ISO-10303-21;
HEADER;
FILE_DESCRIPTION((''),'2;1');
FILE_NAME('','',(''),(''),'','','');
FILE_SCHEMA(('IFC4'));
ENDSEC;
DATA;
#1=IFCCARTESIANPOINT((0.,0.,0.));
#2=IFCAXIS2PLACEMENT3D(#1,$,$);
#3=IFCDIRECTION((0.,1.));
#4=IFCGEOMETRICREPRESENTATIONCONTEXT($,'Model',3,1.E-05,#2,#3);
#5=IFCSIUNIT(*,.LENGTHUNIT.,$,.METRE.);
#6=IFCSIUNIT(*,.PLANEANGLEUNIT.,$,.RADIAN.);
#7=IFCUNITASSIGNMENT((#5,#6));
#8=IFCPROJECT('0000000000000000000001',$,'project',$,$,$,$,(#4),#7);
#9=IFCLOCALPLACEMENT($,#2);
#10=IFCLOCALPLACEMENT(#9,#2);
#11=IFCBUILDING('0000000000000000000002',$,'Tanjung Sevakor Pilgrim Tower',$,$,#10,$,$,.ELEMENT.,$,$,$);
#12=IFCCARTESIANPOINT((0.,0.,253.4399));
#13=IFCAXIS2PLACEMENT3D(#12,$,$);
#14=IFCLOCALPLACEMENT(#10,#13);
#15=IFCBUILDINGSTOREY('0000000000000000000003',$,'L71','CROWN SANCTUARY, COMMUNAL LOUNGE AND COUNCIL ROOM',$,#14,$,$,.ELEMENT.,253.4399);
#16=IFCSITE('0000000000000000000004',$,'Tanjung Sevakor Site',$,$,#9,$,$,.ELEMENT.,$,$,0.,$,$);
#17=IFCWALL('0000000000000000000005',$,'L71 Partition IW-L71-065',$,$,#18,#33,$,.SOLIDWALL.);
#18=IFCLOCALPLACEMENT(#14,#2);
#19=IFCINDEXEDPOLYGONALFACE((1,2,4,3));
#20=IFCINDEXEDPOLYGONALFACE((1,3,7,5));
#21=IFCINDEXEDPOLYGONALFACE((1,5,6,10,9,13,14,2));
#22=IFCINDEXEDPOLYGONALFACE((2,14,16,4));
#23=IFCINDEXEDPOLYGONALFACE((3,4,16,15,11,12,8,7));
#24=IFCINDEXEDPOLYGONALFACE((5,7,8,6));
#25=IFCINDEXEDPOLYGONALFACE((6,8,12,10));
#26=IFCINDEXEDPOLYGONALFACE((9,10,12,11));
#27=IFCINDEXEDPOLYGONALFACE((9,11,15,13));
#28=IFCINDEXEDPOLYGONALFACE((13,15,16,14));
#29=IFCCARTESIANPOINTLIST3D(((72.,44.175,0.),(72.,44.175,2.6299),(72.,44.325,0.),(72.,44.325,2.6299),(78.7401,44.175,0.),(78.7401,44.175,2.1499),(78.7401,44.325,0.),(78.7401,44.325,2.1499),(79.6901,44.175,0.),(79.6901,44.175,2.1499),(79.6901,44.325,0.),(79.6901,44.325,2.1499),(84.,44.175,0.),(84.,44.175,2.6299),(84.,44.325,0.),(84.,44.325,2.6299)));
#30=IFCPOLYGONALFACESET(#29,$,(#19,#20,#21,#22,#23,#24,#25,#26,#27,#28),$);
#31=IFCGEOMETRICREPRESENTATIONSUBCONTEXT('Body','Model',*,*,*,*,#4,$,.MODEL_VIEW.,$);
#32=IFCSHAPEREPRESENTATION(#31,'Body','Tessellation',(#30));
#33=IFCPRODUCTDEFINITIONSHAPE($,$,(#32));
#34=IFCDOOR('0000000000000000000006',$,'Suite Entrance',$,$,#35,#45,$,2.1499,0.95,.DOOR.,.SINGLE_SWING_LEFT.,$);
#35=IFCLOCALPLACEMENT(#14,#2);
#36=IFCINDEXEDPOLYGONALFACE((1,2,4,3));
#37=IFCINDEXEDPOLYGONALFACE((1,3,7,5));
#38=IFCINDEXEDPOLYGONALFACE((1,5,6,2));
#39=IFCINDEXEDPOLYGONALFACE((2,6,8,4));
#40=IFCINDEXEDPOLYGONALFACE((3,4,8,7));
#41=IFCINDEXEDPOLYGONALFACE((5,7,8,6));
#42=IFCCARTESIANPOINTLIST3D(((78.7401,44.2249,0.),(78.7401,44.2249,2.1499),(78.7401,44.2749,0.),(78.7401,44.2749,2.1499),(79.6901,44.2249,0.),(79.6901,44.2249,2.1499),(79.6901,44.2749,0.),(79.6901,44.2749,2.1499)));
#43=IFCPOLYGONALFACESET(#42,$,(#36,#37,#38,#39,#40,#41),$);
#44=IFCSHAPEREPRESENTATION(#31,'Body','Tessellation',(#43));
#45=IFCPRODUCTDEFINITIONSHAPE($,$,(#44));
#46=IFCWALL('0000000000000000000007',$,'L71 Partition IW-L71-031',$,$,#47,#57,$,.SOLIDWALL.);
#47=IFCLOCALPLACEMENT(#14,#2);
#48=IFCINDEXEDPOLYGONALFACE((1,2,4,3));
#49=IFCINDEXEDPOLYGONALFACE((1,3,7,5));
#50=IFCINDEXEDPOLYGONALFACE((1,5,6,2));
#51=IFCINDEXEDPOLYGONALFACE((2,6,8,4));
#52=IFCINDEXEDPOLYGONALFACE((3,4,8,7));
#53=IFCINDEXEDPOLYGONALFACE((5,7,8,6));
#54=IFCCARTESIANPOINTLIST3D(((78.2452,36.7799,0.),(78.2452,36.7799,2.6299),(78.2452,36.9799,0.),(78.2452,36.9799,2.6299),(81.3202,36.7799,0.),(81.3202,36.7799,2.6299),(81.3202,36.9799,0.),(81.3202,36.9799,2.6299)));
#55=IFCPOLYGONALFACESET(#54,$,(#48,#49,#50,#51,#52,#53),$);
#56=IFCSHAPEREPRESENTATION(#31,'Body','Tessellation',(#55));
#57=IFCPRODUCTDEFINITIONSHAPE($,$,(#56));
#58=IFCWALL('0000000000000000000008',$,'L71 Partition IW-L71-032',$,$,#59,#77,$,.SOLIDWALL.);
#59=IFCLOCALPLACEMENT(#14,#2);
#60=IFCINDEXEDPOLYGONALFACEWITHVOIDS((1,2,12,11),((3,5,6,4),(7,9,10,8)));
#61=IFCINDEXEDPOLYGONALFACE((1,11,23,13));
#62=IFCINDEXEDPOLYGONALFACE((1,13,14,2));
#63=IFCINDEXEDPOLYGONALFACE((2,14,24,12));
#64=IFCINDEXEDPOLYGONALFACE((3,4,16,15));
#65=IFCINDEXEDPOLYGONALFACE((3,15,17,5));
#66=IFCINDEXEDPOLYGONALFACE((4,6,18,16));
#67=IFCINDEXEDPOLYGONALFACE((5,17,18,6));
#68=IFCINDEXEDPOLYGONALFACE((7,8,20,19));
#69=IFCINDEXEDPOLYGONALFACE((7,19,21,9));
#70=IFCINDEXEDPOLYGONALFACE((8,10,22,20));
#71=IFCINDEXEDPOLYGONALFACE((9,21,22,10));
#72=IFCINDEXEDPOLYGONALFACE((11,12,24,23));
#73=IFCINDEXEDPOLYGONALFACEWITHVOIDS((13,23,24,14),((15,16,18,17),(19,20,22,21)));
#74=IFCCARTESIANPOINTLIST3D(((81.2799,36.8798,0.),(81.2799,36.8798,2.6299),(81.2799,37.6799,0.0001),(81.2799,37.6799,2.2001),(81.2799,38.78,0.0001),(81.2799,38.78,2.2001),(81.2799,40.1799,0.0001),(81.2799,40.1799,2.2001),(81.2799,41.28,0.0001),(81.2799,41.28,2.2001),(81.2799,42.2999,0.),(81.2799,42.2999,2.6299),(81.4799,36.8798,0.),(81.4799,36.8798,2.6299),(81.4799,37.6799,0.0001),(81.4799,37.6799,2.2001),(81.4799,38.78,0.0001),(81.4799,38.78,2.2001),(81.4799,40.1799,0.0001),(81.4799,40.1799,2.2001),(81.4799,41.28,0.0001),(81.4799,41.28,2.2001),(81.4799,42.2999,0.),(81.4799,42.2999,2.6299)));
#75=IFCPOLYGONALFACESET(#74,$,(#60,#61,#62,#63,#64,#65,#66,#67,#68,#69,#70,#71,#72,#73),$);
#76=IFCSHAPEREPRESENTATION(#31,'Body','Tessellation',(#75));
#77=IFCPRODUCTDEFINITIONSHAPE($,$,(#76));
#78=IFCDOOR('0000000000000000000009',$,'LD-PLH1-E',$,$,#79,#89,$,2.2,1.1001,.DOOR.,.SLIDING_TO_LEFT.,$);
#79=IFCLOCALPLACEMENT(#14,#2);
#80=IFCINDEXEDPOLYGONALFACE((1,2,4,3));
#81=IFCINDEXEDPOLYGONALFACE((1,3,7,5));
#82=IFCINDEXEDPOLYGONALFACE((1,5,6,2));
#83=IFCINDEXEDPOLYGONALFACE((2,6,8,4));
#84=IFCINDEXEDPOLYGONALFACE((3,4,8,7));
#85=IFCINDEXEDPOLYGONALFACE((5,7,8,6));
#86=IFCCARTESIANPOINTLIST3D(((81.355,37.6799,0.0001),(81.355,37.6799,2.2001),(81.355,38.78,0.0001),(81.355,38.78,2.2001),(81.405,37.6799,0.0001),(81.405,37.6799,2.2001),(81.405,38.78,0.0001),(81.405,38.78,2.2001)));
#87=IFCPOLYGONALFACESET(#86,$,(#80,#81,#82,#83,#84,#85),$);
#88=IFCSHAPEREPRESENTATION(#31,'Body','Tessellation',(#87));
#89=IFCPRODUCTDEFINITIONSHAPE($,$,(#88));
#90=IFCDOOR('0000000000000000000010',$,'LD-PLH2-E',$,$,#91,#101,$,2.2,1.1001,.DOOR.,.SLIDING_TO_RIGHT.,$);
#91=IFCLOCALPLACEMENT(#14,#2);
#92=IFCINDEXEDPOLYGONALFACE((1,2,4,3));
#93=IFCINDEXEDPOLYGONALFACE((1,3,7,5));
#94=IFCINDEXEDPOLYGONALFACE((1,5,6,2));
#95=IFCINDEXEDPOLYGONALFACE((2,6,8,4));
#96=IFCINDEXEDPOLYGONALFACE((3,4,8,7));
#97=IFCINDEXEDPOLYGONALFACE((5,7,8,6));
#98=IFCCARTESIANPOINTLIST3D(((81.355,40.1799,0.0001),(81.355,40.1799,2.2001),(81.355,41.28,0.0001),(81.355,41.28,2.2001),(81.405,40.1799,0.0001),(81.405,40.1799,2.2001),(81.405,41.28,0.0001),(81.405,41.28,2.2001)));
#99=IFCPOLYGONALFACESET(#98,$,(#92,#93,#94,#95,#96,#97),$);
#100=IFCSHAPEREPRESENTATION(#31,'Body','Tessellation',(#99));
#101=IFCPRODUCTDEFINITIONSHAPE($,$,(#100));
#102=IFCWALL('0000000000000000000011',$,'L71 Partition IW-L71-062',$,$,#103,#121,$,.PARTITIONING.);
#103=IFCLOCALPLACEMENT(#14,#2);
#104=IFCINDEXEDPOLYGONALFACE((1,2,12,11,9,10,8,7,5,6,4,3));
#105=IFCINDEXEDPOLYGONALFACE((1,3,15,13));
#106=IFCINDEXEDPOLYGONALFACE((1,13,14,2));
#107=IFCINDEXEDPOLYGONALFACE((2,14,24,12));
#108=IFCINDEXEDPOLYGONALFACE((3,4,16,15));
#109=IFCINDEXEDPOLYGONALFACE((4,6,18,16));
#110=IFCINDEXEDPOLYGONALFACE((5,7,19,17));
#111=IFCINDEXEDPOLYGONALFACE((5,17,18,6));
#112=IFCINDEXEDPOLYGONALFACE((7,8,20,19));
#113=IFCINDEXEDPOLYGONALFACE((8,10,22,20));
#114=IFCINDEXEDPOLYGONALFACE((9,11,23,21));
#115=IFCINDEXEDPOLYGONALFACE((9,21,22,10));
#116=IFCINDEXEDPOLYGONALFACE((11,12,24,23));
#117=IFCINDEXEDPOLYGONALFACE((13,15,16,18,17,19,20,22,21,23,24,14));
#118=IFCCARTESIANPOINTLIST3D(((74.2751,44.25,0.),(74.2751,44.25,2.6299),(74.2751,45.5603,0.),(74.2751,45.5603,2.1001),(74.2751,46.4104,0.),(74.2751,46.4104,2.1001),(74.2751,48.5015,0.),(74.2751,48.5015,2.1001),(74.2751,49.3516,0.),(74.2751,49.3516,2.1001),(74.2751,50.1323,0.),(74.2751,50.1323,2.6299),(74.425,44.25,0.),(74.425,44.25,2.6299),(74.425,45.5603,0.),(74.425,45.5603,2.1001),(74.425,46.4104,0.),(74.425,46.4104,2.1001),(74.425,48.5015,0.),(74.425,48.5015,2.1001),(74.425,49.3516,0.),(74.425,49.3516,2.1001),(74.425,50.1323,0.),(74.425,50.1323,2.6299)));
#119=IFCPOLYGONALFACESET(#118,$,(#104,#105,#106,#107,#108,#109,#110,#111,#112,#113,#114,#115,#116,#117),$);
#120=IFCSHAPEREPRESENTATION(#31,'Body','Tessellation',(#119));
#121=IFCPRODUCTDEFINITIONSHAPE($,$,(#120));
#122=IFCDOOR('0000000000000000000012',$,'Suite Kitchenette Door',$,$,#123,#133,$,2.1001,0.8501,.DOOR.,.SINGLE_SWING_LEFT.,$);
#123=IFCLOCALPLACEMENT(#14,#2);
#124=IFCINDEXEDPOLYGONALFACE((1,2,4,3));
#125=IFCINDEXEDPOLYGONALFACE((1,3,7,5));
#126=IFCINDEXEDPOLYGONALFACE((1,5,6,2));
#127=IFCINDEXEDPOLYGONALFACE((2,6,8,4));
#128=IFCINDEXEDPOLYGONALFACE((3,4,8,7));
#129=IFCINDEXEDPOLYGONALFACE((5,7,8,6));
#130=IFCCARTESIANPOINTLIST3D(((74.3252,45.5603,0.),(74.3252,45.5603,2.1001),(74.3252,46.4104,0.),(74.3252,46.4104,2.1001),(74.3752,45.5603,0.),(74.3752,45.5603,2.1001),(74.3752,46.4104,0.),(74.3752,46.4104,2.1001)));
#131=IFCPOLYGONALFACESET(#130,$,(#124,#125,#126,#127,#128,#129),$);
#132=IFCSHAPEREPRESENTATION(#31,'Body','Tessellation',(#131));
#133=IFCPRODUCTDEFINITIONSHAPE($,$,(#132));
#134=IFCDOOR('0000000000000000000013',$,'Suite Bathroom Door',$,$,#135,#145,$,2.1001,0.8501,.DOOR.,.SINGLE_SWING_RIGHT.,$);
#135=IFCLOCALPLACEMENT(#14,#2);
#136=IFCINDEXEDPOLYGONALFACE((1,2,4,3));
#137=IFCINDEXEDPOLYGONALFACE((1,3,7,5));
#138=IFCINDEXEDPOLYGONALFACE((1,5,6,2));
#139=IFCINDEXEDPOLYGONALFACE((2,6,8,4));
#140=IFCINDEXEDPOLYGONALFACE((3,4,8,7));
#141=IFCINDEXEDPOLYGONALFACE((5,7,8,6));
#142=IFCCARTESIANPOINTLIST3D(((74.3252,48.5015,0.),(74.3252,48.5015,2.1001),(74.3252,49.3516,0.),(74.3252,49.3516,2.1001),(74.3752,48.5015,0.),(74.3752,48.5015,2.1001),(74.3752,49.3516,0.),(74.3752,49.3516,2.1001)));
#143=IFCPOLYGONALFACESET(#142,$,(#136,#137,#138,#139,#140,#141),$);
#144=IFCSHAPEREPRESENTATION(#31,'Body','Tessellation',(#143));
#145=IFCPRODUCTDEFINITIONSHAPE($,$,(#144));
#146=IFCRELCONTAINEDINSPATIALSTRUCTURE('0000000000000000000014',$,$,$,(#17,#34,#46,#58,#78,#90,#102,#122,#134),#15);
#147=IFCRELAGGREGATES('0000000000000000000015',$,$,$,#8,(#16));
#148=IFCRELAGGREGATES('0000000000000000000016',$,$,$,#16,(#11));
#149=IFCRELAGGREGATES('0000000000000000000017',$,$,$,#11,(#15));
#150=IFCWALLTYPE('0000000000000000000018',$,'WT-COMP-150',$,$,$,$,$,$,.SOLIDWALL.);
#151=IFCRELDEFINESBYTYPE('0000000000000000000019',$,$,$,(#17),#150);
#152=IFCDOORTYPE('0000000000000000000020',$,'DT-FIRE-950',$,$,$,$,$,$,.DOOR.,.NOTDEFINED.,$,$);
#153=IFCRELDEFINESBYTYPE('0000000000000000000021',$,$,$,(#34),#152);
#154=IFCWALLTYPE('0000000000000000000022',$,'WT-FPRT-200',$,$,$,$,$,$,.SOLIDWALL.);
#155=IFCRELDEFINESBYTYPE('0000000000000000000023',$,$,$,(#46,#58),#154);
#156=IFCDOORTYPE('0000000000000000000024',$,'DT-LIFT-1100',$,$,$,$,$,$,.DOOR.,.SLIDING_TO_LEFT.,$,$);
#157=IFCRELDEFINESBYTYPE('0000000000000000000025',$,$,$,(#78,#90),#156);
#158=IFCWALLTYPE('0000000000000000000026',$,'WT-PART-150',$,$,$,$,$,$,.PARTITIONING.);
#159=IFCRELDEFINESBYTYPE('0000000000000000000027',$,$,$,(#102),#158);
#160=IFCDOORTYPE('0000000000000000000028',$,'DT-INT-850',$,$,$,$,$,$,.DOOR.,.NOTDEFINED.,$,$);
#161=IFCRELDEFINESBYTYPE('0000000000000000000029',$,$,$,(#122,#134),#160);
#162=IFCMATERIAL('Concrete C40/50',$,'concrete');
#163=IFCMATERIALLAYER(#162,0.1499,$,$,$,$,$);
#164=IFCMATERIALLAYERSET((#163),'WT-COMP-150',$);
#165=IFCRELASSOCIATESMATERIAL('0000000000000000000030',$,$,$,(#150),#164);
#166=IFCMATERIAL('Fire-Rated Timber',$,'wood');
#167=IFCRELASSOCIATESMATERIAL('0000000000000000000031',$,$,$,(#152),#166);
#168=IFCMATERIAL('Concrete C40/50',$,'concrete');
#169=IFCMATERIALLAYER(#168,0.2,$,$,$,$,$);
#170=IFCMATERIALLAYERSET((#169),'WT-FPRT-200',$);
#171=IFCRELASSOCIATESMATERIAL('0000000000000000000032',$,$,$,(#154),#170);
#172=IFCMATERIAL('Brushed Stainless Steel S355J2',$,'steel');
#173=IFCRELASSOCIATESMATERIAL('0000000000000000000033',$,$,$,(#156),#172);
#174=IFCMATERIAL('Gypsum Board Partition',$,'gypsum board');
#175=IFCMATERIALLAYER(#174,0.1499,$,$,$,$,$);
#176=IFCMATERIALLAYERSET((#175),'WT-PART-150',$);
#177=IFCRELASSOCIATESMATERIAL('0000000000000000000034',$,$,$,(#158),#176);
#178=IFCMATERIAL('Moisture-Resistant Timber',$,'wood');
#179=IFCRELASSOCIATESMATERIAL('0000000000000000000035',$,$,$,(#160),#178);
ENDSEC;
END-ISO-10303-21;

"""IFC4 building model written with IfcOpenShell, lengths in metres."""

from ifc_helpers import new_model, si_unit, direction, frame, frame_2d, origin, place, context, subcontext, project, spatial, rectangle, extrude, material, layer, layer_set, type_object, element, fill, save


model = new_model("IFC4")

# Units and contexts
model_context = context("Model", 3, precision=1e-05, world=origin(), true_north=direction((0.0, 1.0)))
body_context = subcontext(model_context, "Body", "Model", "MODEL_VIEW")
ifc_project = project(units=[si_unit("LENGTHUNIT", "METRE"), si_unit("PLANEANGLEUNIT", "RADIAN")], contexts=[model_context])

# Site, building, storey
site_placement = place(None, origin())
site = spatial("IfcSite", under=ifc_project, at=site_placement, Name="Tanjung Sevakor Site", CompositionType="ELEMENT", RefElevation=0.0)
building_placement = place(site_placement, origin())
building = spatial("IfcBuilding", under=site, at=building_placement, Name="Tanjung Sevakor Pilgrim Tower", CompositionType="ELEMENT")
storey_placement = place(building_placement, frame((0.0, 0.0, 253.4399)))
storey = spatial("IfcBuildingStorey", under=building, at=storey_placement, Name="L71", Description="CROWN SANCTUARY, COMMUNAL LOUNGE AND COUNCIL ROOM", CompositionType="ELEMENT", Elevation=253.4399)

# Shared definitions
ifc_material_1 = material(Name="Concrete C40/50", Category="concrete")
ifc_layer_1 = layer(ifc_material_1, 0.1499)
ifc_layer_set_1 = layer_set([ifc_layer_1], Name="WT-COMP-150")
wall_type_1 = type_object("IfcWallType", Name="WT-COMP-150", PredefinedType="SOLIDWALL", material=ifc_layer_set_1)

# Wall, opening, door
ifc_material_2 = material(Name="Fire-Rated Timber", Category="wood")
door_type_1 = type_object("IfcDoorType", Name="DT-FIRE-950", OperationType="NOTDEFINED", PredefinedType="DOOR", material=ifc_material_2)
wall_1_placement = place(storey_placement, frame((72.0, 44.25, 0.0), z_axis=(0.0, 0.0, 1.0), x_axis=(1.0, 0.0, 0.0)))
wall_1 = element("IfcWall", 1, at=wall_1_placement, inside=storey, type_object=wall_type_1, Name="L71 Partition IW-L71-065", PredefinedType="SOLIDWALL", context=body_context, shape_type="SweptSolid", body=[
    extrude(rectangle(XDim=12.0, YDim=0.1499, at=frame_2d((6.0, 0.0))), origin(), (0.0, 0.0, 1.0), 2.6299),
])
opening_1_placement = place(wall_1_placement, frame((6.74, 0.0, 0.0)))
opening_1 = element("IfcOpeningElement", 2, at=opening_1_placement, cuts=wall_1, PredefinedType="OPENING", context=body_context, shape_type="SweptSolid", body=[
    extrude(rectangle(XDim=0.95, YDim=2.1499, at=frame_2d((0.4751, 1.075))), frame((0.0, 0.085, 0.0), z_axis=(0.0, -1.0, 0.0), x_axis=(1.0, 0.0, 0.0)), (0.0, 0.0, 1.0), 0.1699),
])
door_1_placement = place(opening_1_placement, origin())
door_1 = element("IfcDoor", 3, at=door_1_placement, inside=storey, type_object=door_type_1, Name="Suite Entrance", OperationType="SINGLE_SWING_LEFT", OverallHeight=2.1499, OverallWidth=0.95, PredefinedType="DOOR", context=body_context, shape_type="SweptSolid", body=[
    extrude(rectangle(XDim=0.95, YDim=2.1499, at=frame_2d((0.4751, 1.075))), frame((0.0, 0.0249, 0.0), z_axis=(0.0, -1.0, 0.0), x_axis=(1.0, 0.0, 0.0)), (0.0, 0.0, 1.0), 0.05),
])
fill(opening_1, door_1)

# Wall
ifc_material_3 = material(Name="Concrete C40/50", Category="concrete")
ifc_layer_2 = layer(ifc_material_3, 0.2)
ifc_layer_set_2 = layer_set([ifc_layer_2], Name="WT-FPRT-200")
wall_type_2 = type_object("IfcWallType", Name="WT-FPRT-200", PredefinedType="SOLIDWALL", material=ifc_layer_set_2)
wall_2_placement = place(storey_placement, frame((78.2451, 36.8799, 0.0), z_axis=(0.0, 0.0, 1.0), x_axis=(1.0, 0.0, 0.0)))
element("IfcWall", 4, at=wall_2_placement, inside=storey, type_object=wall_type_2, Name="L71 Partition IW-L71-031", PredefinedType="SOLIDWALL", context=body_context, shape_type="SweptSolid", body=[
    extrude(rectangle(XDim=3.075, YDim=0.2, at=frame_2d((1.5376, 0.0))), origin(), (0.0, 0.0, 1.0), 2.6299),
])

# Walls, openings, doors
wall_3_placement = place(storey_placement, frame((81.3799, 36.8799, 0.0), z_axis=(0.0, 0.0, 1.0), x_axis=(0.0, 1.0, 0.0)))
wall_3 = element("IfcWall", 5, at=wall_3_placement, inside=storey, type_object=wall_type_2, Name="L71 Partition IW-L71-032", PredefinedType="SOLIDWALL", context=body_context, shape_type="SweptSolid", body=[
    extrude(rectangle(XDim=5.4202, YDim=0.2, at=frame_2d((2.71, 0.0))), origin(), (0.0, 0.0, 1.0), 2.6299),
])
opening_2_placement = place(wall_3_placement, frame((0.8, 0.0, 0.0)))
opening_2 = element("IfcOpeningElement", 6, at=opening_2_placement, cuts=wall_3, PredefinedType="OPENING", context=body_context, shape_type="SweptSolid", body=[
    extrude(rectangle(XDim=1.1001, YDim=2.2, at=frame_2d((0.55, 1.1001))), frame((0.0, 0.1099, 0.0), z_axis=(0.0, -1.0, 0.0), x_axis=(1.0, 0.0, 0.0)), (0.0, 0.0, 1.0), 0.22),
])
opening_3_placement = place(wall_3_placement, frame((3.3, 0.0, 0.0)))
opening_3 = element("IfcOpeningElement", 7, at=opening_3_placement, cuts=wall_3, PredefinedType="OPENING", context=body_context, shape_type="SweptSolid", body=[
    extrude(rectangle(XDim=1.1001, YDim=2.2, at=frame_2d((0.55, 1.1001))), frame((0.0, 0.1099, 0.0), z_axis=(0.0, -1.0, 0.0), x_axis=(1.0, 0.0, 0.0)), (0.0, 0.0, 1.0), 0.22),
])
ifc_material_4 = material(Name="Brushed Stainless Steel S355J2", Category="steel")
door_type_2 = type_object("IfcDoorType", Name="DT-LIFT-1100", OperationType="SLIDING_TO_LEFT", PredefinedType="DOOR", material=ifc_material_4)
door_2_placement = place(opening_2_placement, origin())
door_2 = element("IfcDoor", 8, at=door_2_placement, inside=storey, type_object=door_type_2, Name="LD-PLH1-E", OperationType="SLIDING_TO_LEFT", OverallHeight=2.2, OverallWidth=1.1001, PredefinedType="DOOR", context=body_context, shape_type="SweptSolid", body=[
    extrude(rectangle(XDim=1.1001, YDim=2.2, at=frame_2d((0.55, 1.1001))), frame((0.0, 0.0249, 0.0), z_axis=(0.0, -1.0, 0.0), x_axis=(1.0, 0.0, 0.0)), (0.0, 0.0, 1.0), 0.05),
])
fill(opening_2, door_2)
door_3_placement = place(opening_3_placement, origin())
door_3 = element("IfcDoor", 9, at=door_3_placement, inside=storey, type_object=door_type_2, Name="LD-PLH2-E", OperationType="SLIDING_TO_RIGHT", OverallHeight=2.2, OverallWidth=1.1001, PredefinedType="DOOR", context=body_context, shape_type="SweptSolid", body=[
    extrude(rectangle(XDim=1.1001, YDim=2.2, at=frame_2d((0.55, 1.1001))), frame((0.0, 0.0249, 0.0), z_axis=(0.0, -1.0, 0.0), x_axis=(1.0, 0.0, 0.0)), (0.0, 0.0, 1.0), 0.05),
])
fill(opening_3, door_3)
ifc_material_5 = material(Name="Gypsum Board Partition", Category="gypsum board")
ifc_layer_3 = layer(ifc_material_5, 0.1499)
ifc_layer_set_3 = layer_set([ifc_layer_3], Name="WT-PART-150")
wall_type_3 = type_object("IfcWallType", Name="WT-PART-150", PredefinedType="PARTITIONING", material=ifc_layer_set_3)
wall_4_placement = place(storey_placement, frame((74.3501, 44.25, 0.0), z_axis=(0.0, 0.0, 1.0), x_axis=(0.0, 1.0, 0.0)))
wall_4 = element("IfcWall", 10, at=wall_4_placement, inside=storey, type_object=wall_type_3, Name="L71 Partition IW-L71-062", PredefinedType="PARTITIONING", context=body_context, shape_type="SweptSolid", body=[
    extrude(rectangle(XDim=5.8823, YDim=0.1499, at=frame_2d((2.9412, 0.0))), origin(), (0.0, 0.0, 1.0), 2.6299),
])
opening_4_placement = place(wall_4_placement, frame((1.3103, 0.0, 0.0)))
opening_4 = element("IfcOpeningElement", 11, at=opening_4_placement, cuts=wall_4, PredefinedType="OPENING", context=body_context, shape_type="SweptSolid", body=[
    extrude(rectangle(XDim=0.8501, YDim=2.1001, at=frame_2d((0.425, 1.05))), frame((0.0, 0.085, 0.0), z_axis=(0.0, -1.0, 0.0), x_axis=(1.0, 0.0, 0.0)), (0.0, 0.0, 1.0), 0.1699),
])
opening_5_placement = place(wall_4_placement, frame((4.2515, 0.0, 0.0)))
opening_5 = element("IfcOpeningElement", 12, at=opening_5_placement, cuts=wall_4, PredefinedType="OPENING", context=body_context, shape_type="SweptSolid", body=[
    extrude(rectangle(XDim=0.8501, YDim=2.1001, at=frame_2d((0.425, 1.05))), frame((0.0, 0.085, 0.0), z_axis=(0.0, -1.0, 0.0), x_axis=(1.0, 0.0, 0.0)), (0.0, 0.0, 1.0), 0.1699),
])
ifc_material_6 = material(Name="Moisture-Resistant Timber", Category="wood")
door_type_3 = type_object("IfcDoorType", Name="DT-INT-850", OperationType="NOTDEFINED", PredefinedType="DOOR", material=ifc_material_6)
door_4_placement = place(opening_4_placement, origin())
door_4 = element("IfcDoor", 13, at=door_4_placement, inside=storey, type_object=door_type_3, Name="Suite Kitchenette Door", OperationType="SINGLE_SWING_LEFT", OverallHeight=2.1001, OverallWidth=0.8501, PredefinedType="DOOR", context=body_context, shape_type="SweptSolid", body=[
    extrude(rectangle(XDim=0.8501, YDim=2.1001, at=frame_2d((0.425, 1.05))), frame((0.0, 0.0249, 0.0), z_axis=(0.0, -1.0, 0.0), x_axis=(1.0, 0.0, 0.0)), (0.0, 0.0, 1.0), 0.05),
])
fill(opening_4, door_4)
door_5_placement = place(opening_5_placement, origin())
door_5 = element("IfcDoor", 14, at=door_5_placement, inside=storey, type_object=door_type_3, Name="Suite Bathroom Door", OperationType="SINGLE_SWING_RIGHT", OverallHeight=2.1001, OverallWidth=0.8501, PredefinedType="DOOR", context=body_context, shape_type="SweptSolid", body=[
    extrude(rectangle(XDim=0.8501, YDim=2.1001, at=frame_2d((0.425, 1.05))), frame((0.0, 0.0249, 0.0), z_axis=(0.0, -1.0, 0.0), x_axis=(1.0, 0.0, 0.0)), (0.0, 0.0, 1.0), 0.05),
])
fill(opening_5, door_5)

save(model, "model.ifc")
